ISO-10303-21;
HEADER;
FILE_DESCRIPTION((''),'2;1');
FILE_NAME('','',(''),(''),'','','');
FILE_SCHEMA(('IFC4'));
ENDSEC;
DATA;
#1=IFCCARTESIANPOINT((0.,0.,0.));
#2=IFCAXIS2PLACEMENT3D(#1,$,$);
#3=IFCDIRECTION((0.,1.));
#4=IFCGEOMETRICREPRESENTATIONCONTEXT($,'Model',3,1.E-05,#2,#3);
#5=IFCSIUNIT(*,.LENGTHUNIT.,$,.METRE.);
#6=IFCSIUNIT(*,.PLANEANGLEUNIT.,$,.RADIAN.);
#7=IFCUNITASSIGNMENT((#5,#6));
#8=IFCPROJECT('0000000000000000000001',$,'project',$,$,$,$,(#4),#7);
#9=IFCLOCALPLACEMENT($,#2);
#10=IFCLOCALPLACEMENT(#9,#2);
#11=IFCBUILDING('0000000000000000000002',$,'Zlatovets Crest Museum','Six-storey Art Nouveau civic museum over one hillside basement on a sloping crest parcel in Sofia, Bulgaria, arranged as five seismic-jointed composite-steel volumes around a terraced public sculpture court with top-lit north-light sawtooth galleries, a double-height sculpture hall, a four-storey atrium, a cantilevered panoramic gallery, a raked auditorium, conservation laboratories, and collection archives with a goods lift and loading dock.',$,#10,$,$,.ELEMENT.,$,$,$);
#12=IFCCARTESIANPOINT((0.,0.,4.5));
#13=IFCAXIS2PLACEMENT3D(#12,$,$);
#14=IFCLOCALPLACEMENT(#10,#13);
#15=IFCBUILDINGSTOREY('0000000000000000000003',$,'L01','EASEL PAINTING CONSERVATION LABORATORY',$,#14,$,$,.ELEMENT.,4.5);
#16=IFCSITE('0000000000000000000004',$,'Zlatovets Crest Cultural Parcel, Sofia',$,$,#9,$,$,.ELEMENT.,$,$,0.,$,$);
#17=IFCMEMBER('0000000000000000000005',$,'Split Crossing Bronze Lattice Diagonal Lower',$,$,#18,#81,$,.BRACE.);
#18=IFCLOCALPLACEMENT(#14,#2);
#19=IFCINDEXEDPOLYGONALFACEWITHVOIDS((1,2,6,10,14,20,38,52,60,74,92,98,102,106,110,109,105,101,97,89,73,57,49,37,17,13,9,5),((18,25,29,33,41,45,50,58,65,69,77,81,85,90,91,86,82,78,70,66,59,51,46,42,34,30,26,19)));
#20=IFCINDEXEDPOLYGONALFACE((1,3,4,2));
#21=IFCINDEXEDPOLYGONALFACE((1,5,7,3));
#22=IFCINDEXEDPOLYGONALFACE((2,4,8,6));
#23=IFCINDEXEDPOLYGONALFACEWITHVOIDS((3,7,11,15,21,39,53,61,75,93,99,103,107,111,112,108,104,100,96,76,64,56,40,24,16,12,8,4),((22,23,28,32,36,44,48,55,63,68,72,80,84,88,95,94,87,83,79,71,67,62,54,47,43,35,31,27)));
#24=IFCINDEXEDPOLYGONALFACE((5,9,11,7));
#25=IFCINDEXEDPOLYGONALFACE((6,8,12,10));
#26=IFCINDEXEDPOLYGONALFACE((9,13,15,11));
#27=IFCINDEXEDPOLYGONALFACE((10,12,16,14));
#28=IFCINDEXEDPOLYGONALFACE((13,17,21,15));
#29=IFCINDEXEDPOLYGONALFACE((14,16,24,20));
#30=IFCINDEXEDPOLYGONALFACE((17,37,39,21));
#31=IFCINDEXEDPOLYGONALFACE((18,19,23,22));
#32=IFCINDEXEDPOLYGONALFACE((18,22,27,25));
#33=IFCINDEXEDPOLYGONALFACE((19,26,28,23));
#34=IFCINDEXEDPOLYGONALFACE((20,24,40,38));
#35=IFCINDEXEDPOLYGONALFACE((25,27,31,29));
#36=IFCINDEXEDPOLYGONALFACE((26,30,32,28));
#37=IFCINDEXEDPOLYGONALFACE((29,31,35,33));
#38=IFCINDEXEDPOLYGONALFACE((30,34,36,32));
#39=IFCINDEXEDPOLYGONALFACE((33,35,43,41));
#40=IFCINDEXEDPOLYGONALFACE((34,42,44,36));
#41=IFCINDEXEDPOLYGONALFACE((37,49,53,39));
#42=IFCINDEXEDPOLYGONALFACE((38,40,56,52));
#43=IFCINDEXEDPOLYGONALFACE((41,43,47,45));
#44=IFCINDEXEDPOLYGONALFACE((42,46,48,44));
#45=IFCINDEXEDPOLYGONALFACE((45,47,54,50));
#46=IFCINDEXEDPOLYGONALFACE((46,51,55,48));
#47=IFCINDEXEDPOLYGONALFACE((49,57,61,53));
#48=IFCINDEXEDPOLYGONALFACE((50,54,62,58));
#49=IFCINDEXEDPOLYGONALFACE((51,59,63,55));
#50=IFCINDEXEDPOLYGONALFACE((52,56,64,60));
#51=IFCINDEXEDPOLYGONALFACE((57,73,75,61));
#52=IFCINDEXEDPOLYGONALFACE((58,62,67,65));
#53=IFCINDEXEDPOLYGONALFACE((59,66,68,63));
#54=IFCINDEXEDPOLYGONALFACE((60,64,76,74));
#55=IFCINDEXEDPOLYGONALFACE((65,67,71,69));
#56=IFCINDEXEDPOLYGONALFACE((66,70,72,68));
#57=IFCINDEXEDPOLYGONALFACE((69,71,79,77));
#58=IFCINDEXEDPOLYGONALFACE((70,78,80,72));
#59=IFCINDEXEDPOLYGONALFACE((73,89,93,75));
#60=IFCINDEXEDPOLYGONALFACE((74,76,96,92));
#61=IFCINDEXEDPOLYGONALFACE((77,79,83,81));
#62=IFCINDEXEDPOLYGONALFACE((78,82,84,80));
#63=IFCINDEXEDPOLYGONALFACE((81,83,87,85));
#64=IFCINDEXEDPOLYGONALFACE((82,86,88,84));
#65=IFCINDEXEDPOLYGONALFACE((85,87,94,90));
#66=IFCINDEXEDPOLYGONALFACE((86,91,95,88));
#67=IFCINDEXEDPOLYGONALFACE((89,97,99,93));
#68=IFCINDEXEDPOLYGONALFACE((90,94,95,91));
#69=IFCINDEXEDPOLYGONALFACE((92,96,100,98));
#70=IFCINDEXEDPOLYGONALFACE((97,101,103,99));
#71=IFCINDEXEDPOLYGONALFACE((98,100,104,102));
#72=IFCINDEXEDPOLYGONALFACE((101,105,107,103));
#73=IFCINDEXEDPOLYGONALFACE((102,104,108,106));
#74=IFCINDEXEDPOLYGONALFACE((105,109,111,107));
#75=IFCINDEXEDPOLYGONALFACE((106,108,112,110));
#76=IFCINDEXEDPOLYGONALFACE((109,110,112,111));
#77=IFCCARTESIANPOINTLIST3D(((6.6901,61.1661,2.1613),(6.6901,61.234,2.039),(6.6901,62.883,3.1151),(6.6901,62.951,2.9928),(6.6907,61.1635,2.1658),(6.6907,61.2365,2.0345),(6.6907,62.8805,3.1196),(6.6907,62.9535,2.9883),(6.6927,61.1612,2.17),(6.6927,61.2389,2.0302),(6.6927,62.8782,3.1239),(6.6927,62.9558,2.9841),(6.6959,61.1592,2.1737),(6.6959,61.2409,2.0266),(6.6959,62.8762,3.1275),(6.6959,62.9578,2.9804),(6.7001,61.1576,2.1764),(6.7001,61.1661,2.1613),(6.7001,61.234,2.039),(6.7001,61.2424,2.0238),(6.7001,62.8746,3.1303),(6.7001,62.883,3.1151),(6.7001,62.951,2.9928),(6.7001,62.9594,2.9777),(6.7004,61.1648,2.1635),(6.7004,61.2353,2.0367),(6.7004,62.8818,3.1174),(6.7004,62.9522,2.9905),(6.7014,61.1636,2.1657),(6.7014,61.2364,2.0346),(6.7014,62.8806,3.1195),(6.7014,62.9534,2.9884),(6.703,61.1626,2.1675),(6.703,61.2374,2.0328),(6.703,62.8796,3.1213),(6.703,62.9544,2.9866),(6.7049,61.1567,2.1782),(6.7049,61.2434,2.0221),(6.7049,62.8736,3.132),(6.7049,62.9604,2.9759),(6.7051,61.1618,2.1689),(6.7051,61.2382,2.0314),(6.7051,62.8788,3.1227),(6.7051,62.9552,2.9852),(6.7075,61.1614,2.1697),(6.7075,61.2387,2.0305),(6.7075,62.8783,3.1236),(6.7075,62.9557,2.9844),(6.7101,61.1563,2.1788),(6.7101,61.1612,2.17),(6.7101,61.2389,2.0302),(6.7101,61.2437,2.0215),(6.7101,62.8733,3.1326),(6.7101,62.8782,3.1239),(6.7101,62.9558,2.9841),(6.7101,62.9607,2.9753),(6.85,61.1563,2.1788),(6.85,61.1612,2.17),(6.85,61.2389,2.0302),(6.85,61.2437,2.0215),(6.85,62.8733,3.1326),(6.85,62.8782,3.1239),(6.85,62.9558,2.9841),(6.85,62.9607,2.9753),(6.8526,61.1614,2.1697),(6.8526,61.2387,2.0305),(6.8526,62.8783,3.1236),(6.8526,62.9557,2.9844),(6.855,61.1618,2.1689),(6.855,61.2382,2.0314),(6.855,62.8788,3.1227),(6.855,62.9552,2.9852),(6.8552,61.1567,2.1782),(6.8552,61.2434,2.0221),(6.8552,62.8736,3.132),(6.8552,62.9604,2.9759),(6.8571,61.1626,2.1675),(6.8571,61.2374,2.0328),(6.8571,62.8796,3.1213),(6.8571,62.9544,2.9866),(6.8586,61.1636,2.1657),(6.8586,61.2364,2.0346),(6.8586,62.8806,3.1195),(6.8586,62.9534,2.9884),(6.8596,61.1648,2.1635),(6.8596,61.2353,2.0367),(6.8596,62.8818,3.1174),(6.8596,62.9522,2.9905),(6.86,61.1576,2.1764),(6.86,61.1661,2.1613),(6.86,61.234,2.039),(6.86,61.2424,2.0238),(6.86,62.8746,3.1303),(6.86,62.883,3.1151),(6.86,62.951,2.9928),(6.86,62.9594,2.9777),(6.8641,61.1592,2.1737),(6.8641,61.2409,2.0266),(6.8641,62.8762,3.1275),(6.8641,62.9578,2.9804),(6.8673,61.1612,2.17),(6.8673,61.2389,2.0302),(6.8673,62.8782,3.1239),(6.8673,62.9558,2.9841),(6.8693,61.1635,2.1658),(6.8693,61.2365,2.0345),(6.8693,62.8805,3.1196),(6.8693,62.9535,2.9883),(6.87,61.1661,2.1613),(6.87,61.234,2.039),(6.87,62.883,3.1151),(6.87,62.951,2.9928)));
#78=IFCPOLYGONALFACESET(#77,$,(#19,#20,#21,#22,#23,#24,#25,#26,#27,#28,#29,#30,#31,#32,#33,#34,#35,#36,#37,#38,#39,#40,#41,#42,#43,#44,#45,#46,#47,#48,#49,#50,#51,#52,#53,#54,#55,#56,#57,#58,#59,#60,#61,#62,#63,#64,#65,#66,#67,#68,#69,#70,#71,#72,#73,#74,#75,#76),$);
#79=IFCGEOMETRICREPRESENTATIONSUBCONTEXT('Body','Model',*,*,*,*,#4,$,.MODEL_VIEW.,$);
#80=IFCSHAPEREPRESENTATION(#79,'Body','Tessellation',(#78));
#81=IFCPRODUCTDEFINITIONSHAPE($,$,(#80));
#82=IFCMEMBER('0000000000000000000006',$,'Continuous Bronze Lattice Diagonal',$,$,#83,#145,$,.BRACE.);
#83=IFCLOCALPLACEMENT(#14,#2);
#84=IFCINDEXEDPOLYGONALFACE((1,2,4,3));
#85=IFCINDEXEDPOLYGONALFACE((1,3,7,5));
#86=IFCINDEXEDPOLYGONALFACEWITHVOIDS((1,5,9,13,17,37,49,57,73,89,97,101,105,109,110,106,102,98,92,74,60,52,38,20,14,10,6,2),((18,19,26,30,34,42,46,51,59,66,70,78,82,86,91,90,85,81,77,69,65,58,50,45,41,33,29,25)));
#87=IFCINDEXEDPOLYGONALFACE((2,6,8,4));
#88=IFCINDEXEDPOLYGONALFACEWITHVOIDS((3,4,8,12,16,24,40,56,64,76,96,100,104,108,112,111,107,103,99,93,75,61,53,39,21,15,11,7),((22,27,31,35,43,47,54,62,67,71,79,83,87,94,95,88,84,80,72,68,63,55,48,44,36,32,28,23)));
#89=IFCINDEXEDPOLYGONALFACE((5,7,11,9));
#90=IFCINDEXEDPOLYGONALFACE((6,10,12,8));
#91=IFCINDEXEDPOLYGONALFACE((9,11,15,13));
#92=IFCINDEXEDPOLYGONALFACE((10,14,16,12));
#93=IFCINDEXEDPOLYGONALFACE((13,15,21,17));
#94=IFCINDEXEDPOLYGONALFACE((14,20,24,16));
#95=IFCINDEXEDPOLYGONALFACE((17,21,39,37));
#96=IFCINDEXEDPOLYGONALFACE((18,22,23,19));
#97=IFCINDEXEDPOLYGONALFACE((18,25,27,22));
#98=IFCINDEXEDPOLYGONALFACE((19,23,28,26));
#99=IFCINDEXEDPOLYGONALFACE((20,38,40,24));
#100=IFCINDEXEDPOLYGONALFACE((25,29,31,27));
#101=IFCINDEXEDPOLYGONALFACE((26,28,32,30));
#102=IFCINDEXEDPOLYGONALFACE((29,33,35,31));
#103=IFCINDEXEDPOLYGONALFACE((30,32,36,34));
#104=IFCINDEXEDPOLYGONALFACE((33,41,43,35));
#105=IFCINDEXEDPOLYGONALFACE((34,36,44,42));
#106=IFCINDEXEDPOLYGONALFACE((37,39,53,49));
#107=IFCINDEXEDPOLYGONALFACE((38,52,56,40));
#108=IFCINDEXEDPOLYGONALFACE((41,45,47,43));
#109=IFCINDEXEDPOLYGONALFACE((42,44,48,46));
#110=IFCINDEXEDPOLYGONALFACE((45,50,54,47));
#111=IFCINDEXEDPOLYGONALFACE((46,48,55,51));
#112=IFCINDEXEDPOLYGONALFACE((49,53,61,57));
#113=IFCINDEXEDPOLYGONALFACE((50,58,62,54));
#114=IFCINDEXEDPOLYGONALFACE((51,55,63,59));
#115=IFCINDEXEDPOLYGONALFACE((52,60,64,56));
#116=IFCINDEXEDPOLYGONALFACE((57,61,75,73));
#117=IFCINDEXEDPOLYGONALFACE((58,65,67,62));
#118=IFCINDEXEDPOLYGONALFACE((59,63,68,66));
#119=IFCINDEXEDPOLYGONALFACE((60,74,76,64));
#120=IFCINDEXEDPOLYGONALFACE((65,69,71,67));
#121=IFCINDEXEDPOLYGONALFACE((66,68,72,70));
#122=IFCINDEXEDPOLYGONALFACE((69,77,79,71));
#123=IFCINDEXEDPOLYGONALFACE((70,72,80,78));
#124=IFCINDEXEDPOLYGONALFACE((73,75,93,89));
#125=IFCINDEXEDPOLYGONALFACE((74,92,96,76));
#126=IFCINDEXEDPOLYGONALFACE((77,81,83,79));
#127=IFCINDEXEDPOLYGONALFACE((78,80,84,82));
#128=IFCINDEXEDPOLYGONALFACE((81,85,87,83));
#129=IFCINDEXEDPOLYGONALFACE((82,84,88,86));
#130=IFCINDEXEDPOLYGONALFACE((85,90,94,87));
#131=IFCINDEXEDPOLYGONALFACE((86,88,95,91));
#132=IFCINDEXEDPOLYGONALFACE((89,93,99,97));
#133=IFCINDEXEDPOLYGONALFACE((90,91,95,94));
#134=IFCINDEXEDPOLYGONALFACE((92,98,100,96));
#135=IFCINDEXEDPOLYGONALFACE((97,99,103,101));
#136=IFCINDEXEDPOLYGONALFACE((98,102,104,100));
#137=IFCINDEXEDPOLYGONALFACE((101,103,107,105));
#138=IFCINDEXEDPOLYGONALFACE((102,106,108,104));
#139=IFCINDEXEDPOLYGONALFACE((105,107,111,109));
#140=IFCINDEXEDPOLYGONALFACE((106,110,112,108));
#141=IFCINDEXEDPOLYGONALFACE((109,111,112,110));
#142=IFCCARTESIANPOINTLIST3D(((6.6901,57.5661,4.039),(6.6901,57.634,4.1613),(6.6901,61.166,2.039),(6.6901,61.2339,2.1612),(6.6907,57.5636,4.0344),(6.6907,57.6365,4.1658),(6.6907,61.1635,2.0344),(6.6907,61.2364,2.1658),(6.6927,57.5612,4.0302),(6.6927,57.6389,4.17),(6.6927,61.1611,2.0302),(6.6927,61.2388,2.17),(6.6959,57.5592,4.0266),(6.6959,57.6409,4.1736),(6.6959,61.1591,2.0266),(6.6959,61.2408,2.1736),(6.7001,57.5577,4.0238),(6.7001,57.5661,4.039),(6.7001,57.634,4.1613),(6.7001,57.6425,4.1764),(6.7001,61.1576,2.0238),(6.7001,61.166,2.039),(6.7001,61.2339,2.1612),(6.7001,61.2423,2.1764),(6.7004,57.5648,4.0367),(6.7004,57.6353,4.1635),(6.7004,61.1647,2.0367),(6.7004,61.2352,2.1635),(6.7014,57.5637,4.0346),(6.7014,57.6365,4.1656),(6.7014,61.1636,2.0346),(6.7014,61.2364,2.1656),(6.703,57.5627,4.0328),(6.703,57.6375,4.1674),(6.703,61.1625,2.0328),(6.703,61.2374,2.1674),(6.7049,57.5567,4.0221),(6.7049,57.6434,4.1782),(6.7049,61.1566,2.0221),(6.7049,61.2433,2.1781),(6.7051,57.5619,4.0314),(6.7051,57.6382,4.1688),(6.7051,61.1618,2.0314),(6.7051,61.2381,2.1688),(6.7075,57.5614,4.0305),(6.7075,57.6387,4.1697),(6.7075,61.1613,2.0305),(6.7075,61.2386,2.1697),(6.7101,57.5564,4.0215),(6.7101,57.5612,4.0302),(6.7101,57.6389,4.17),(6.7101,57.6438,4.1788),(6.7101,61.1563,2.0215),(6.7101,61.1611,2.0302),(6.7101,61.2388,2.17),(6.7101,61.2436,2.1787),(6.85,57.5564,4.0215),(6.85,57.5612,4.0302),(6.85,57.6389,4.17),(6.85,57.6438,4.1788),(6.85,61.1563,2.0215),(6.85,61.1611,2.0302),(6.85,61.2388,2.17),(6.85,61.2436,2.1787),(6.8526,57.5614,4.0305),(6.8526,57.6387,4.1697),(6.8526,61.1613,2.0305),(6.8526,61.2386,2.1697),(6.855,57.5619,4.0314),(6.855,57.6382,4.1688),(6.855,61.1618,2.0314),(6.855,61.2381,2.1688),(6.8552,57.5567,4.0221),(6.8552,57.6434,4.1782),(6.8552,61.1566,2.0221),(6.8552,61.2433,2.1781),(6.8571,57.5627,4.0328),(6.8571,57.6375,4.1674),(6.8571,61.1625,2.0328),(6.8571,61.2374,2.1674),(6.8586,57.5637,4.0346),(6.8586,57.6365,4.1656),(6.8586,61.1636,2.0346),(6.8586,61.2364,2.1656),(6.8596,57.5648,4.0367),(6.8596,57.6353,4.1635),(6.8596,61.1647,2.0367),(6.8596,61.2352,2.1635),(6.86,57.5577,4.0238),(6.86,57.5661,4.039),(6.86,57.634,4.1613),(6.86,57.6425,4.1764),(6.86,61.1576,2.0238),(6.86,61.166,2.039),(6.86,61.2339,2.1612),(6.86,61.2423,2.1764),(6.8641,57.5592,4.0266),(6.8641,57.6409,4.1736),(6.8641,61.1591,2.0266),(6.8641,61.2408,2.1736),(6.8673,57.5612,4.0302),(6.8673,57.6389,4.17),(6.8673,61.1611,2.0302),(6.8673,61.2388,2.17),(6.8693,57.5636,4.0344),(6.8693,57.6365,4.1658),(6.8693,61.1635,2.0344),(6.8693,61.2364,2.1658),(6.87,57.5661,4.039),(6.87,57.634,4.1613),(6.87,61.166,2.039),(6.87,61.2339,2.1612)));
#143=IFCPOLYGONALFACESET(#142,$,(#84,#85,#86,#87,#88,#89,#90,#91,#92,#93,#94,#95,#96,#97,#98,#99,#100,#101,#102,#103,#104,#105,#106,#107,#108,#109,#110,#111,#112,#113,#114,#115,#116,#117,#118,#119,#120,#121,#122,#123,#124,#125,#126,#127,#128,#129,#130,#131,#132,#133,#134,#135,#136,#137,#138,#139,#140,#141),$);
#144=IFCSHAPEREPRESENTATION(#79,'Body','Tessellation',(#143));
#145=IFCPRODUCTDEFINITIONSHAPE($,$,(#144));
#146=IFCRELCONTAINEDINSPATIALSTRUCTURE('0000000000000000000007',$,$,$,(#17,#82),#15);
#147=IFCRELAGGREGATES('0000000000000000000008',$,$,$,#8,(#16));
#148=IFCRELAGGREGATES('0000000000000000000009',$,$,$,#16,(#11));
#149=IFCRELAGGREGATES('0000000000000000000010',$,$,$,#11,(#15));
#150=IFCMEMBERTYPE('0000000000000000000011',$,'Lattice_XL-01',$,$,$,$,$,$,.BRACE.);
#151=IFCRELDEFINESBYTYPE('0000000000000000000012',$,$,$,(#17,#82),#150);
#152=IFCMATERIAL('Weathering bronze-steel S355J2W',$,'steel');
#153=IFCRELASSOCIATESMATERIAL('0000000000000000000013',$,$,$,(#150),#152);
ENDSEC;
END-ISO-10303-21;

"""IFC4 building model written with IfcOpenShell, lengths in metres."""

from ifc_helpers import new_model, si_unit, direction, frame, origin, origin_2d, place, context, subcontext, project, spatial, hollow_rectangle, extrude, material, material_profile, profile_set, type_object, element, save


model = new_model("IFC4")

# Units and contexts
model_context = context("Model", 3, precision=1e-05, world=origin(), true_north=direction((0.0, 1.0)))
body_context = subcontext(model_context, "Body", "Model", "MODEL_VIEW")
ifc_project = project(units=[si_unit("LENGTHUNIT", "METRE"), si_unit("PLANEANGLEUNIT", "RADIAN")], contexts=[model_context])

# Site, building, storey
site_placement = place(None, origin())
site = spatial("IfcSite", under=ifc_project, at=site_placement, Name="Zlatovets Crest Cultural Parcel, Sofia", CompositionType="ELEMENT", RefElevation=0.0)
building_placement = place(site_placement, origin())
building = spatial("IfcBuilding", under=site, at=building_placement, Name="Zlatovets Crest Museum", Description="Six-storey Art Nouveau civic museum over one hillside basement on a sloping crest parcel in Sofia, Bulgaria, arranged as five seismic-jointed composite-steel volumes around a terraced public sculpture court with top-lit north-light sawtooth galleries, a double-height sculpture hall, a four-storey atrium, a cantilevered panoramic gallery, a raked auditorium, conservation laboratories, and collection archives with a goods lift and loading dock.", CompositionType="ELEMENT")
storey_placement = place(building_placement, frame((0.0, 0.0, 4.5)))
storey = spatial("IfcBuildingStorey", under=building, at=storey_placement, Name="L01", Description="EASEL PAINTING CONSERVATION LABORATORY", CompositionType="ELEMENT", Elevation=4.5)

# Members
ifc_material_1 = material(Name="Weathering bronze-steel S355J2W", Category="steel")
ifc_material_profile_1 = material_profile(ifc_material_1, hollow_rectangle(XDim=0.1799, YDim=0.1799, WallThickness=0.01, InnerFilletRadius=0.01, OuterFilletRadius=0.02, at=origin_2d()), Name="SHS 180x180x10.0")
ifc_profile_set_1 = profile_set([ifc_material_profile_1], Name="Weathering bronze-steel S355J2W")
member_type_1 = type_object("IfcMemberType", Name="Lattice_XL-01", PredefinedType="BRACE", material=ifc_profile_set_1)
member_1_placement = place(storey_placement, frame((6.78, 62.917, 3.054), z_axis=(0.0, -0.874169, -0.485622), x_axis=(1.0, 0.0, 0.0)))
element("IfcMember", 1, at=member_1_placement, inside=storey, type_object=member_type_1, Name="Split Crossing Bronze Lattice Diagonal Lower", PredefinedType="BRACE", context=body_context, shape_type="SweptSolid", body=[
    extrude(hollow_rectangle(XDim=0.1799, YDim=0.1799, WallThickness=0.01, InnerFilletRadius=0.01, OuterFilletRadius=0.02, at=origin_2d()), origin(), (0.0, 0.0, 1.0), 1.9641),
])
member_2_placement = place(storey_placement, frame((6.78, 61.2, 2.1001), z_axis=(0.0, -0.874149, 0.485658), x_axis=(1.0, 0.0, 0.0)))
element("IfcMember", 2, at=member_2_placement, inside=storey, type_object=member_type_1, Name="Continuous Bronze Lattice Diagonal", PredefinedType="BRACE", context=body_context, shape_type="SweptSolid", body=[
    extrude(hollow_rectangle(XDim=0.1799, YDim=0.1799, WallThickness=0.01, InnerFilletRadius=0.01, OuterFilletRadius=0.02, at=origin_2d()), origin(), (0.0, 0.0, 1.0), 4.1182),
])

save(model, "model.ifc")
